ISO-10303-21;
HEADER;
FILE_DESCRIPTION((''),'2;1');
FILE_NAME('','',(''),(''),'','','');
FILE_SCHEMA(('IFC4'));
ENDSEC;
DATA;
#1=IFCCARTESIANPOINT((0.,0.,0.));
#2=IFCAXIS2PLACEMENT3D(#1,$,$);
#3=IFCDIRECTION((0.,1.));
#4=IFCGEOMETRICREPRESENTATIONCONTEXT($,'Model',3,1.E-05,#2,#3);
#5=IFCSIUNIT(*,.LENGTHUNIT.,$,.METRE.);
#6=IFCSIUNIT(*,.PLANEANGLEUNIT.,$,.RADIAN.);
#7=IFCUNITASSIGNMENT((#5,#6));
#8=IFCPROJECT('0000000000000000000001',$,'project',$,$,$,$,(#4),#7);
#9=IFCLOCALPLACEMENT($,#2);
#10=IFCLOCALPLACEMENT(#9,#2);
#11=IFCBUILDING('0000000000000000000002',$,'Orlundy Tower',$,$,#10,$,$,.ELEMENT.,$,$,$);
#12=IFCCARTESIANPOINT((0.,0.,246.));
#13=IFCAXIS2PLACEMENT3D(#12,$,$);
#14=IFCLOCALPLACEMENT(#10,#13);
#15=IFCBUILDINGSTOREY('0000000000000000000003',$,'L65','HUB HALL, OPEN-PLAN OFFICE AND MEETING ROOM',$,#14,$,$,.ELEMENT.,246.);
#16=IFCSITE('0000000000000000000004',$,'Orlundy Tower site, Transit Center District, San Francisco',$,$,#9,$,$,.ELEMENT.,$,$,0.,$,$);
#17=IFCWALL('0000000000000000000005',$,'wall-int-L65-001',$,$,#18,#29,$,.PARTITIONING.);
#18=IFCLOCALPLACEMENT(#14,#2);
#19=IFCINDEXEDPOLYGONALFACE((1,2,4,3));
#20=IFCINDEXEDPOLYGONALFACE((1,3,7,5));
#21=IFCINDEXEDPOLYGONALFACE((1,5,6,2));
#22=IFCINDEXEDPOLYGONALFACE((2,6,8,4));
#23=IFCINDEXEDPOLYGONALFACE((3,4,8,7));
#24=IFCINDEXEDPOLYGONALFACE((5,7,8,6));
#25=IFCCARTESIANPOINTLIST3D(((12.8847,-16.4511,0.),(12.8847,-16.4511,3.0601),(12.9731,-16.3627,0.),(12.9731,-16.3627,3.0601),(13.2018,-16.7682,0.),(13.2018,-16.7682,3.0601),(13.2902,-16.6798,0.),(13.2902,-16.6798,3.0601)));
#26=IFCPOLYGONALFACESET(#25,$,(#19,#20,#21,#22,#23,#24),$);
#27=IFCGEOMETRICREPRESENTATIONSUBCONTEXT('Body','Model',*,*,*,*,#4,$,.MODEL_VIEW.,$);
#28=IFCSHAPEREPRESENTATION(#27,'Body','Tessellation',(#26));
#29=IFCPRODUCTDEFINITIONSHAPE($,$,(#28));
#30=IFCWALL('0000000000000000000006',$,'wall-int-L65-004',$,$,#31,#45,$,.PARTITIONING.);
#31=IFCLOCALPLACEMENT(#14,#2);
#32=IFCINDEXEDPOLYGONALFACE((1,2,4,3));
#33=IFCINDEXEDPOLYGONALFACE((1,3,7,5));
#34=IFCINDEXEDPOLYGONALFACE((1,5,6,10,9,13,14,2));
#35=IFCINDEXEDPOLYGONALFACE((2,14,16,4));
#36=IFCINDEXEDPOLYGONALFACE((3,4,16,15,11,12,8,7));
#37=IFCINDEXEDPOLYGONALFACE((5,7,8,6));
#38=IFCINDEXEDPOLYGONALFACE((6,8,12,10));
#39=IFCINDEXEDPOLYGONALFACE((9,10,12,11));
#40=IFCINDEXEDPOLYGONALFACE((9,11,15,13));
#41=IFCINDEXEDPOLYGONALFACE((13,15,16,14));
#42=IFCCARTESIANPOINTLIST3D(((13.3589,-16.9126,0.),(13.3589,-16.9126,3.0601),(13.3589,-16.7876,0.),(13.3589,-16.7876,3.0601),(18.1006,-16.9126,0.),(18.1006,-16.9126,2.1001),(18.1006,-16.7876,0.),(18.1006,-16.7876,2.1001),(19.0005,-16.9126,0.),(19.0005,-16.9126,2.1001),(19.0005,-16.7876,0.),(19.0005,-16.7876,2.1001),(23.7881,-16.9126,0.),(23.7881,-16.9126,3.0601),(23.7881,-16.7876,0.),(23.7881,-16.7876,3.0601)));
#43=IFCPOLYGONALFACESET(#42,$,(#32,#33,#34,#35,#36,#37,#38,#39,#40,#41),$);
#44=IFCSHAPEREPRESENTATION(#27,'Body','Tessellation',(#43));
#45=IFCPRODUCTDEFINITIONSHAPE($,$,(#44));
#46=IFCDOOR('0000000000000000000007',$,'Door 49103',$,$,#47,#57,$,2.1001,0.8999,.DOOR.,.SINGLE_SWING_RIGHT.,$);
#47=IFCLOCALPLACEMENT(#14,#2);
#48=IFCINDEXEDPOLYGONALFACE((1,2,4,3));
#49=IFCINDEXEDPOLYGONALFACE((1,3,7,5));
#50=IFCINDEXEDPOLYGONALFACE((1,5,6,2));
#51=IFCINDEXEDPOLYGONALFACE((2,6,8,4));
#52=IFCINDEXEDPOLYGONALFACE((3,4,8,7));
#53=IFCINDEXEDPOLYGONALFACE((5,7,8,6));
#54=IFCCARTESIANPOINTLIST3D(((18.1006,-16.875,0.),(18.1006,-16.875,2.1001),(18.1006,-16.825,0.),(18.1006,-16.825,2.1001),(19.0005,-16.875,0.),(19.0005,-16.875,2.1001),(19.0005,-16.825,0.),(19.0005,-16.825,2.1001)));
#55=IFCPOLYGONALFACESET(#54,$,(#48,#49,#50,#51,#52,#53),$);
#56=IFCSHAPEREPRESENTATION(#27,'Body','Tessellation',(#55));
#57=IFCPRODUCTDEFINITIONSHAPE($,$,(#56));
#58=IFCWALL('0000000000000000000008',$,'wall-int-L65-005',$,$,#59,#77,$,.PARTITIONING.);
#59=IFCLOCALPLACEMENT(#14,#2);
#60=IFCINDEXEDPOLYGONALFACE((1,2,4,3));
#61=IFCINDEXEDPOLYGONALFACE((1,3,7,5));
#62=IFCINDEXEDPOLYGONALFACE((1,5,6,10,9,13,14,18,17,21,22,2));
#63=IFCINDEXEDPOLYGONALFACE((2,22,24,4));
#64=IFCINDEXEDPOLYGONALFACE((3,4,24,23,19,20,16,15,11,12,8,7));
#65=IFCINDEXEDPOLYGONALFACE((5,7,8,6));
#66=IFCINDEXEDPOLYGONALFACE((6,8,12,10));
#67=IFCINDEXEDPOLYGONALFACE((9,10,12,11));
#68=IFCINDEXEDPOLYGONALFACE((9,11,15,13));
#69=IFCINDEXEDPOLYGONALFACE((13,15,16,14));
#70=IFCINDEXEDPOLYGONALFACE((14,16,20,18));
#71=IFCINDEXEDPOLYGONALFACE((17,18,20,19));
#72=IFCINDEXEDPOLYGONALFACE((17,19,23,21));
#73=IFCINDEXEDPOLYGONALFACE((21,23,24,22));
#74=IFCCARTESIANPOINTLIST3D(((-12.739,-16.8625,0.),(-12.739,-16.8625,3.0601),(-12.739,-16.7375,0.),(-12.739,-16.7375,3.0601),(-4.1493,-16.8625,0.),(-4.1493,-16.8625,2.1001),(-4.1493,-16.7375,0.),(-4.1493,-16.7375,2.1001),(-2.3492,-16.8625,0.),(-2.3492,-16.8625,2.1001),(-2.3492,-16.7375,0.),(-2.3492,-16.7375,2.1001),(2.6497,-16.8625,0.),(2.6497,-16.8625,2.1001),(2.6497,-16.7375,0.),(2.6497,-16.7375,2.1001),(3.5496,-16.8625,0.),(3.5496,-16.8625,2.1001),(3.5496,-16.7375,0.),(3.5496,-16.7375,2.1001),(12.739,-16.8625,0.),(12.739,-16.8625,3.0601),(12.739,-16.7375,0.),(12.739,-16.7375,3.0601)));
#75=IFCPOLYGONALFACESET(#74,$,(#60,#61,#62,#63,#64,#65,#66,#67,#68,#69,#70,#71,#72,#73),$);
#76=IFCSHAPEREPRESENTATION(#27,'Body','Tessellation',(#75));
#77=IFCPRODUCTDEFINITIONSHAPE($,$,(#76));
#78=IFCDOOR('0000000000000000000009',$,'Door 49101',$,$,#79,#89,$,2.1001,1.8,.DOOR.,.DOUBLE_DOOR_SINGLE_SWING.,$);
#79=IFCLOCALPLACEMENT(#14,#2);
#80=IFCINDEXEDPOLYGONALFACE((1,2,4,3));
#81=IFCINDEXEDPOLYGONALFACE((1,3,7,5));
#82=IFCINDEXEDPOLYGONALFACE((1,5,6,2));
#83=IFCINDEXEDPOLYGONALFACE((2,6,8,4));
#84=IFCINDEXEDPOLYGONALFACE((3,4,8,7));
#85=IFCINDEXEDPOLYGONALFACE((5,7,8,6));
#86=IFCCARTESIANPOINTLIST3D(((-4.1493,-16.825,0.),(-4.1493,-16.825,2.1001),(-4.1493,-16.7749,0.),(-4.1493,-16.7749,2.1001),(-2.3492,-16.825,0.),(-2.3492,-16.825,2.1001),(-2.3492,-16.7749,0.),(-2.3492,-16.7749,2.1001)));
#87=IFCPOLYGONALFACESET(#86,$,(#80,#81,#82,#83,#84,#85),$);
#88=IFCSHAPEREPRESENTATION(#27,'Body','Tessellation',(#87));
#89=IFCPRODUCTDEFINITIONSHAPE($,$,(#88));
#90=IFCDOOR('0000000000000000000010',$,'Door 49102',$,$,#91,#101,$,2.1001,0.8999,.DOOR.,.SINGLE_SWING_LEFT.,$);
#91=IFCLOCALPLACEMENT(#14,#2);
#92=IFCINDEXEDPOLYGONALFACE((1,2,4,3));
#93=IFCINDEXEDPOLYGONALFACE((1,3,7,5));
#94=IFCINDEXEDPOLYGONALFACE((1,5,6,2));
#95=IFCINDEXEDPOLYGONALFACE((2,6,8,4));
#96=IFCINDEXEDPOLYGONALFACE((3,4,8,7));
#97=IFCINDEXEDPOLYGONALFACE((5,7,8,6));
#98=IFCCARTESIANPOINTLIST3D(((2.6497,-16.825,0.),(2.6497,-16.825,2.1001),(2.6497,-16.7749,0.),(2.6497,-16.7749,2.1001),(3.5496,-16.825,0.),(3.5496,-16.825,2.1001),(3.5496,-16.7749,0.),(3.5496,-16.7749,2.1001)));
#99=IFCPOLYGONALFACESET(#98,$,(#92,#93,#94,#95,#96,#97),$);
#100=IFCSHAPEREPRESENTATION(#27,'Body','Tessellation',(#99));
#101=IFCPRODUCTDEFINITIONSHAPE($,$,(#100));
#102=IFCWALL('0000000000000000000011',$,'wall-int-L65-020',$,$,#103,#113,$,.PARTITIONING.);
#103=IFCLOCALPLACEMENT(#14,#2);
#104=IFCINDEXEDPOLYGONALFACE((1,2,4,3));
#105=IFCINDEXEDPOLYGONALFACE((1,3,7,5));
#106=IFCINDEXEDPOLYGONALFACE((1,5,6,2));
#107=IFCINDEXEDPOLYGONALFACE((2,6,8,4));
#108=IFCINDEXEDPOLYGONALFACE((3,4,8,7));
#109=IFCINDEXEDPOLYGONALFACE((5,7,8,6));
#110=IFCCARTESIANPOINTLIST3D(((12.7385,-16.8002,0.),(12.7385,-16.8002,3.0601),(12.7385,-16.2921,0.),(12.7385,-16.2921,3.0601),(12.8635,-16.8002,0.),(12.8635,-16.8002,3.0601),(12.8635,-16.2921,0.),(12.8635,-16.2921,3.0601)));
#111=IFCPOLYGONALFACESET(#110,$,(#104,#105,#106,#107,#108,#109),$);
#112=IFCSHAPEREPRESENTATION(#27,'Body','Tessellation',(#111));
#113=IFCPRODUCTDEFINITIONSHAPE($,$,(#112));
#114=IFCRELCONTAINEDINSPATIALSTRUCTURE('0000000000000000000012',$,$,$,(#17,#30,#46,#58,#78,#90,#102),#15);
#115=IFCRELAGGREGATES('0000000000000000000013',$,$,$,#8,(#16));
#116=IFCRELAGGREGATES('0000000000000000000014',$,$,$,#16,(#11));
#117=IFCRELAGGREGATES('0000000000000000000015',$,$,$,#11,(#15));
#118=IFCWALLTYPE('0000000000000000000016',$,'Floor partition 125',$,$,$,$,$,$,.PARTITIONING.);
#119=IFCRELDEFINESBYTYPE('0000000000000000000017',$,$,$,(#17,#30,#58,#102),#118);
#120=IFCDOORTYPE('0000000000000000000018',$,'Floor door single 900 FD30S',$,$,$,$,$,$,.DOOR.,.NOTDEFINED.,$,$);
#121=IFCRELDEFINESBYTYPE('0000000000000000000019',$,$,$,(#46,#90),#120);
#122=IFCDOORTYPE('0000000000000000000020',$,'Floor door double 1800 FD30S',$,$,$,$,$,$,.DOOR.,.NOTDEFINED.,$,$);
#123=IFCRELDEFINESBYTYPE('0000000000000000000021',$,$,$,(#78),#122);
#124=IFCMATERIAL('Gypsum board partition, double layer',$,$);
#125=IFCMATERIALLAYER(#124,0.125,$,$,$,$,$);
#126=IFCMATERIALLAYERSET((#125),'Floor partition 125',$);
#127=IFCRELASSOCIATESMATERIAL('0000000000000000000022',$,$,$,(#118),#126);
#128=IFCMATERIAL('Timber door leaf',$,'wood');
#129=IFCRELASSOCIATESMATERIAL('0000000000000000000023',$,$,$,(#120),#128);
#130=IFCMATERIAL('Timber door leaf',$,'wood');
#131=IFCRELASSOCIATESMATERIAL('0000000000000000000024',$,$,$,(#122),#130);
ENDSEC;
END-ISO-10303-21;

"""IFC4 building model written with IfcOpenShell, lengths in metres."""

from ifc_helpers import new_model, si_unit, direction, frame, frame_2d, origin, place, context, subcontext, project, spatial, rectangle, extrude, material, layer, layer_set, type_object, element, fill, save


model = new_model("IFC4")

# Units and contexts
model_context = context("Model", 3, precision=1e-05, world=origin(), true_north=direction((0.0, 1.0)))
body_context = subcontext(model_context, "Body", "Model", "MODEL_VIEW")
ifc_project = project(units=[si_unit("LENGTHUNIT", "METRE"), si_unit("PLANEANGLEUNIT", "RADIAN")], contexts=[model_context])

# Site, building, storey
site_placement = place(None, origin())
site = spatial("IfcSite", under=ifc_project, at=site_placement, Name="Orlundy Tower site, Transit Center District, San Francisco", CompositionType="ELEMENT", RefElevation=0.0)
building_placement = place(site_placement, origin())
building = spatial("IfcBuilding", under=site, at=building_placement, Name="Orlundy Tower", CompositionType="ELEMENT")
storey_placement = place(building_placement, frame((0.0, 0.0, 246.0)))
storey = spatial("IfcBuildingStorey", under=building, at=storey_placement, Name="L65", Description="HUB HALL, OPEN-PLAN OFFICE AND MEETING ROOM", CompositionType="ELEMENT", Elevation=246.0)

# Wall
ifc_material_1 = material(Name="Gypsum board partition, double layer")
ifc_layer_1 = layer(ifc_material_1, 0.125)
ifc_layer_set_1 = layer_set([ifc_layer_1], Name="Floor partition 125")
wall_type = type_object("IfcWallType", Name="Floor partition 125", PredefinedType="PARTITIONING", material=ifc_layer_set_1)
wall_1_placement = place(storey_placement, frame((12.929, -16.407, 0.0), z_axis=(0.0, 0.0, 1.0), x_axis=(0.707107, -0.707107, 0.0)))
element("IfcWall", 1, at=wall_1_placement, inside=storey, type_object=wall_type, Name="wall-int-L65-001", PredefinedType="PARTITIONING", context=body_context, shape_type="SweptSolid", body=[
    extrude(rectangle(XDim=0.4485, YDim=0.125, at=frame_2d((0.2241, 0.0))), origin(), (0.0, 0.0, 1.0), 3.0601),
])

# Wall, opening, door
wall_2_placement = place(storey_placement, frame((23.7881, -16.8501, 0.0), z_axis=(0.0, 0.0, 1.0), x_axis=(-1.0, 0.0, 0.0)))
wall_2 = element("IfcWall", 2, at=wall_2_placement, inside=storey, type_object=wall_type, Name="wall-int-L65-004", PredefinedType="PARTITIONING", context=body_context, shape_type="SweptSolid", body=[
    extrude(rectangle(XDim=10.4292, YDim=0.125, at=frame_2d((5.2146, 0.0))), origin(), (0.0, 0.0, 1.0), 3.0601),
])
opening_1_placement = place(wall_2_placement, frame((4.7876, 0.0, 0.0)))
opening_1 = element("IfcOpeningElement", 3, at=opening_1_placement, cuts=wall_2, PredefinedType="OPENING", context=body_context, shape_type="SweptSolid", body=[
    extrude(rectangle(XDim=0.8999, YDim=2.1001, at=frame_2d((0.45, 1.05))), frame((0.0, 0.0725, 0.0), z_axis=(0.0, -1.0, 0.0), x_axis=(1.0, 0.0, 0.0)), (0.0, 0.0, 1.0), 0.145),
])
ifc_material_2 = material(Name="Timber door leaf", Category="wood")
door_type_1 = type_object("IfcDoorType", Name="Floor door single 900 FD30S", OperationType="NOTDEFINED", PredefinedType="DOOR", material=ifc_material_2)
door_1_placement = place(opening_1_placement, origin())
door_1 = element("IfcDoor", 4, at=door_1_placement, inside=storey, type_object=door_type_1, Name="Door 49103", OperationType="SINGLE_SWING_RIGHT", OverallHeight=2.1001, OverallWidth=0.8999, PredefinedType="DOOR", context=body_context, shape_type="SweptSolid", body=[
    extrude(rectangle(XDim=0.8999, YDim=2.1001, at=frame_2d((0.45, 1.05))), frame((0.0, 0.0249, 0.0), z_axis=(0.0, -1.0, 0.0), x_axis=(1.0, 0.0, 0.0)), (0.0, 0.0, 1.0), 0.05),
])
fill(opening_1, door_1)

# Wall, openings, doors
wall_3_placement = place(storey_placement, frame((12.739, -16.8, 0.0), z_axis=(0.0, 0.0, 1.0), x_axis=(-1.0, 0.0, 0.0)))
wall_3 = element("IfcWall", 5, at=wall_3_placement, inside=storey, type_object=wall_type, Name="wall-int-L65-005", PredefinedType="PARTITIONING", context=body_context, shape_type="SweptSolid", body=[
    extrude(rectangle(XDim=25.478, YDim=0.125, at=frame_2d((12.739, 0.0))), origin(), (0.0, 0.0, 1.0), 3.0601),
])
opening_2_placement = place(wall_3_placement, frame((15.0884, 0.0, 0.0)))
opening_2 = element("IfcOpeningElement", 6, at=opening_2_placement, cuts=wall_3, PredefinedType="OPENING", context=body_context, shape_type="SweptSolid", body=[
    extrude(rectangle(XDim=1.8, YDim=2.1001, at=frame_2d((0.8999, 1.05))), frame((0.0, 0.0725, 0.0), z_axis=(0.0, -1.0, 0.0), x_axis=(1.0, 0.0, 0.0)), (0.0, 0.0, 1.0), 0.145),
])
opening_3_placement = place(wall_3_placement, frame((9.1895, 0.0, 0.0)))
opening_3 = element("IfcOpeningElement", 7, at=opening_3_placement, cuts=wall_3, PredefinedType="OPENING", context=body_context, shape_type="SweptSolid", body=[
    extrude(rectangle(XDim=0.8999, YDim=2.1001, at=frame_2d((0.45, 1.05))), frame((0.0, 0.0725, 0.0), z_axis=(0.0, -1.0, 0.0), x_axis=(1.0, 0.0, 0.0)), (0.0, 0.0, 1.0), 0.145),
])
ifc_material_3 = material(Name="Timber door leaf", Category="wood")
door_type_2 = type_object("IfcDoorType", Name="Floor door double 1800 FD30S", OperationType="NOTDEFINED", PredefinedType="DOOR", material=ifc_material_3)
door_2_placement = place(opening_2_placement, origin())
door_2 = element("IfcDoor", 8, at=door_2_placement, inside=storey, type_object=door_type_2, Name="Door 49101", OperationType="DOUBLE_DOOR_SINGLE_SWING", OverallHeight=2.1001, OverallWidth=1.8, PredefinedType="DOOR", context=body_context, shape_type="SweptSolid", body=[
    extrude(rectangle(XDim=1.8, YDim=2.1001, at=frame_2d((0.8999, 1.05))), frame((0.0, 0.0249, 0.0), z_axis=(0.0, -1.0, 0.0), x_axis=(1.0, 0.0, 0.0)), (0.0, 0.0, 1.0), 0.05),
])
fill(opening_2, door_2)
door_3_placement = place(opening_3_placement, origin())
door_3 = element("IfcDoor", 9, at=door_3_placement, inside=storey, type_object=door_type_1, Name="Door 49102", OperationType="SINGLE_SWING_LEFT", OverallHeight=2.1001, OverallWidth=0.8999, PredefinedType="DOOR", context=body_context, shape_type="SweptSolid", body=[
    extrude(rectangle(XDim=0.8999, YDim=2.1001, at=frame_2d((0.45, 1.05))), frame((0.0, 0.0249, 0.0), z_axis=(0.0, -1.0, 0.0), x_axis=(1.0, 0.0, 0.0)), (0.0, 0.0, 1.0), 0.05),
])
fill(opening_3, door_3)

# Wall
wall_4_placement = place(storey_placement, frame((12.801, -16.8, 0.0), z_axis=(0.0, 0.0, 1.0), x_axis=(0.0, 1.0, 0.0)))
element("IfcWall", 10, at=wall_4_placement, inside=storey, type_object=wall_type, Name="wall-int-L65-020", PredefinedType="PARTITIONING", context=body_context, shape_type="SweptSolid", body=[
    extrude(rectangle(XDim=0.5081, YDim=0.125, at=frame_2d((0.2539, 0.0))), origin(), (0.0, 0.0, 1.0), 3.0601),
])

save(model, "model.ifc")
